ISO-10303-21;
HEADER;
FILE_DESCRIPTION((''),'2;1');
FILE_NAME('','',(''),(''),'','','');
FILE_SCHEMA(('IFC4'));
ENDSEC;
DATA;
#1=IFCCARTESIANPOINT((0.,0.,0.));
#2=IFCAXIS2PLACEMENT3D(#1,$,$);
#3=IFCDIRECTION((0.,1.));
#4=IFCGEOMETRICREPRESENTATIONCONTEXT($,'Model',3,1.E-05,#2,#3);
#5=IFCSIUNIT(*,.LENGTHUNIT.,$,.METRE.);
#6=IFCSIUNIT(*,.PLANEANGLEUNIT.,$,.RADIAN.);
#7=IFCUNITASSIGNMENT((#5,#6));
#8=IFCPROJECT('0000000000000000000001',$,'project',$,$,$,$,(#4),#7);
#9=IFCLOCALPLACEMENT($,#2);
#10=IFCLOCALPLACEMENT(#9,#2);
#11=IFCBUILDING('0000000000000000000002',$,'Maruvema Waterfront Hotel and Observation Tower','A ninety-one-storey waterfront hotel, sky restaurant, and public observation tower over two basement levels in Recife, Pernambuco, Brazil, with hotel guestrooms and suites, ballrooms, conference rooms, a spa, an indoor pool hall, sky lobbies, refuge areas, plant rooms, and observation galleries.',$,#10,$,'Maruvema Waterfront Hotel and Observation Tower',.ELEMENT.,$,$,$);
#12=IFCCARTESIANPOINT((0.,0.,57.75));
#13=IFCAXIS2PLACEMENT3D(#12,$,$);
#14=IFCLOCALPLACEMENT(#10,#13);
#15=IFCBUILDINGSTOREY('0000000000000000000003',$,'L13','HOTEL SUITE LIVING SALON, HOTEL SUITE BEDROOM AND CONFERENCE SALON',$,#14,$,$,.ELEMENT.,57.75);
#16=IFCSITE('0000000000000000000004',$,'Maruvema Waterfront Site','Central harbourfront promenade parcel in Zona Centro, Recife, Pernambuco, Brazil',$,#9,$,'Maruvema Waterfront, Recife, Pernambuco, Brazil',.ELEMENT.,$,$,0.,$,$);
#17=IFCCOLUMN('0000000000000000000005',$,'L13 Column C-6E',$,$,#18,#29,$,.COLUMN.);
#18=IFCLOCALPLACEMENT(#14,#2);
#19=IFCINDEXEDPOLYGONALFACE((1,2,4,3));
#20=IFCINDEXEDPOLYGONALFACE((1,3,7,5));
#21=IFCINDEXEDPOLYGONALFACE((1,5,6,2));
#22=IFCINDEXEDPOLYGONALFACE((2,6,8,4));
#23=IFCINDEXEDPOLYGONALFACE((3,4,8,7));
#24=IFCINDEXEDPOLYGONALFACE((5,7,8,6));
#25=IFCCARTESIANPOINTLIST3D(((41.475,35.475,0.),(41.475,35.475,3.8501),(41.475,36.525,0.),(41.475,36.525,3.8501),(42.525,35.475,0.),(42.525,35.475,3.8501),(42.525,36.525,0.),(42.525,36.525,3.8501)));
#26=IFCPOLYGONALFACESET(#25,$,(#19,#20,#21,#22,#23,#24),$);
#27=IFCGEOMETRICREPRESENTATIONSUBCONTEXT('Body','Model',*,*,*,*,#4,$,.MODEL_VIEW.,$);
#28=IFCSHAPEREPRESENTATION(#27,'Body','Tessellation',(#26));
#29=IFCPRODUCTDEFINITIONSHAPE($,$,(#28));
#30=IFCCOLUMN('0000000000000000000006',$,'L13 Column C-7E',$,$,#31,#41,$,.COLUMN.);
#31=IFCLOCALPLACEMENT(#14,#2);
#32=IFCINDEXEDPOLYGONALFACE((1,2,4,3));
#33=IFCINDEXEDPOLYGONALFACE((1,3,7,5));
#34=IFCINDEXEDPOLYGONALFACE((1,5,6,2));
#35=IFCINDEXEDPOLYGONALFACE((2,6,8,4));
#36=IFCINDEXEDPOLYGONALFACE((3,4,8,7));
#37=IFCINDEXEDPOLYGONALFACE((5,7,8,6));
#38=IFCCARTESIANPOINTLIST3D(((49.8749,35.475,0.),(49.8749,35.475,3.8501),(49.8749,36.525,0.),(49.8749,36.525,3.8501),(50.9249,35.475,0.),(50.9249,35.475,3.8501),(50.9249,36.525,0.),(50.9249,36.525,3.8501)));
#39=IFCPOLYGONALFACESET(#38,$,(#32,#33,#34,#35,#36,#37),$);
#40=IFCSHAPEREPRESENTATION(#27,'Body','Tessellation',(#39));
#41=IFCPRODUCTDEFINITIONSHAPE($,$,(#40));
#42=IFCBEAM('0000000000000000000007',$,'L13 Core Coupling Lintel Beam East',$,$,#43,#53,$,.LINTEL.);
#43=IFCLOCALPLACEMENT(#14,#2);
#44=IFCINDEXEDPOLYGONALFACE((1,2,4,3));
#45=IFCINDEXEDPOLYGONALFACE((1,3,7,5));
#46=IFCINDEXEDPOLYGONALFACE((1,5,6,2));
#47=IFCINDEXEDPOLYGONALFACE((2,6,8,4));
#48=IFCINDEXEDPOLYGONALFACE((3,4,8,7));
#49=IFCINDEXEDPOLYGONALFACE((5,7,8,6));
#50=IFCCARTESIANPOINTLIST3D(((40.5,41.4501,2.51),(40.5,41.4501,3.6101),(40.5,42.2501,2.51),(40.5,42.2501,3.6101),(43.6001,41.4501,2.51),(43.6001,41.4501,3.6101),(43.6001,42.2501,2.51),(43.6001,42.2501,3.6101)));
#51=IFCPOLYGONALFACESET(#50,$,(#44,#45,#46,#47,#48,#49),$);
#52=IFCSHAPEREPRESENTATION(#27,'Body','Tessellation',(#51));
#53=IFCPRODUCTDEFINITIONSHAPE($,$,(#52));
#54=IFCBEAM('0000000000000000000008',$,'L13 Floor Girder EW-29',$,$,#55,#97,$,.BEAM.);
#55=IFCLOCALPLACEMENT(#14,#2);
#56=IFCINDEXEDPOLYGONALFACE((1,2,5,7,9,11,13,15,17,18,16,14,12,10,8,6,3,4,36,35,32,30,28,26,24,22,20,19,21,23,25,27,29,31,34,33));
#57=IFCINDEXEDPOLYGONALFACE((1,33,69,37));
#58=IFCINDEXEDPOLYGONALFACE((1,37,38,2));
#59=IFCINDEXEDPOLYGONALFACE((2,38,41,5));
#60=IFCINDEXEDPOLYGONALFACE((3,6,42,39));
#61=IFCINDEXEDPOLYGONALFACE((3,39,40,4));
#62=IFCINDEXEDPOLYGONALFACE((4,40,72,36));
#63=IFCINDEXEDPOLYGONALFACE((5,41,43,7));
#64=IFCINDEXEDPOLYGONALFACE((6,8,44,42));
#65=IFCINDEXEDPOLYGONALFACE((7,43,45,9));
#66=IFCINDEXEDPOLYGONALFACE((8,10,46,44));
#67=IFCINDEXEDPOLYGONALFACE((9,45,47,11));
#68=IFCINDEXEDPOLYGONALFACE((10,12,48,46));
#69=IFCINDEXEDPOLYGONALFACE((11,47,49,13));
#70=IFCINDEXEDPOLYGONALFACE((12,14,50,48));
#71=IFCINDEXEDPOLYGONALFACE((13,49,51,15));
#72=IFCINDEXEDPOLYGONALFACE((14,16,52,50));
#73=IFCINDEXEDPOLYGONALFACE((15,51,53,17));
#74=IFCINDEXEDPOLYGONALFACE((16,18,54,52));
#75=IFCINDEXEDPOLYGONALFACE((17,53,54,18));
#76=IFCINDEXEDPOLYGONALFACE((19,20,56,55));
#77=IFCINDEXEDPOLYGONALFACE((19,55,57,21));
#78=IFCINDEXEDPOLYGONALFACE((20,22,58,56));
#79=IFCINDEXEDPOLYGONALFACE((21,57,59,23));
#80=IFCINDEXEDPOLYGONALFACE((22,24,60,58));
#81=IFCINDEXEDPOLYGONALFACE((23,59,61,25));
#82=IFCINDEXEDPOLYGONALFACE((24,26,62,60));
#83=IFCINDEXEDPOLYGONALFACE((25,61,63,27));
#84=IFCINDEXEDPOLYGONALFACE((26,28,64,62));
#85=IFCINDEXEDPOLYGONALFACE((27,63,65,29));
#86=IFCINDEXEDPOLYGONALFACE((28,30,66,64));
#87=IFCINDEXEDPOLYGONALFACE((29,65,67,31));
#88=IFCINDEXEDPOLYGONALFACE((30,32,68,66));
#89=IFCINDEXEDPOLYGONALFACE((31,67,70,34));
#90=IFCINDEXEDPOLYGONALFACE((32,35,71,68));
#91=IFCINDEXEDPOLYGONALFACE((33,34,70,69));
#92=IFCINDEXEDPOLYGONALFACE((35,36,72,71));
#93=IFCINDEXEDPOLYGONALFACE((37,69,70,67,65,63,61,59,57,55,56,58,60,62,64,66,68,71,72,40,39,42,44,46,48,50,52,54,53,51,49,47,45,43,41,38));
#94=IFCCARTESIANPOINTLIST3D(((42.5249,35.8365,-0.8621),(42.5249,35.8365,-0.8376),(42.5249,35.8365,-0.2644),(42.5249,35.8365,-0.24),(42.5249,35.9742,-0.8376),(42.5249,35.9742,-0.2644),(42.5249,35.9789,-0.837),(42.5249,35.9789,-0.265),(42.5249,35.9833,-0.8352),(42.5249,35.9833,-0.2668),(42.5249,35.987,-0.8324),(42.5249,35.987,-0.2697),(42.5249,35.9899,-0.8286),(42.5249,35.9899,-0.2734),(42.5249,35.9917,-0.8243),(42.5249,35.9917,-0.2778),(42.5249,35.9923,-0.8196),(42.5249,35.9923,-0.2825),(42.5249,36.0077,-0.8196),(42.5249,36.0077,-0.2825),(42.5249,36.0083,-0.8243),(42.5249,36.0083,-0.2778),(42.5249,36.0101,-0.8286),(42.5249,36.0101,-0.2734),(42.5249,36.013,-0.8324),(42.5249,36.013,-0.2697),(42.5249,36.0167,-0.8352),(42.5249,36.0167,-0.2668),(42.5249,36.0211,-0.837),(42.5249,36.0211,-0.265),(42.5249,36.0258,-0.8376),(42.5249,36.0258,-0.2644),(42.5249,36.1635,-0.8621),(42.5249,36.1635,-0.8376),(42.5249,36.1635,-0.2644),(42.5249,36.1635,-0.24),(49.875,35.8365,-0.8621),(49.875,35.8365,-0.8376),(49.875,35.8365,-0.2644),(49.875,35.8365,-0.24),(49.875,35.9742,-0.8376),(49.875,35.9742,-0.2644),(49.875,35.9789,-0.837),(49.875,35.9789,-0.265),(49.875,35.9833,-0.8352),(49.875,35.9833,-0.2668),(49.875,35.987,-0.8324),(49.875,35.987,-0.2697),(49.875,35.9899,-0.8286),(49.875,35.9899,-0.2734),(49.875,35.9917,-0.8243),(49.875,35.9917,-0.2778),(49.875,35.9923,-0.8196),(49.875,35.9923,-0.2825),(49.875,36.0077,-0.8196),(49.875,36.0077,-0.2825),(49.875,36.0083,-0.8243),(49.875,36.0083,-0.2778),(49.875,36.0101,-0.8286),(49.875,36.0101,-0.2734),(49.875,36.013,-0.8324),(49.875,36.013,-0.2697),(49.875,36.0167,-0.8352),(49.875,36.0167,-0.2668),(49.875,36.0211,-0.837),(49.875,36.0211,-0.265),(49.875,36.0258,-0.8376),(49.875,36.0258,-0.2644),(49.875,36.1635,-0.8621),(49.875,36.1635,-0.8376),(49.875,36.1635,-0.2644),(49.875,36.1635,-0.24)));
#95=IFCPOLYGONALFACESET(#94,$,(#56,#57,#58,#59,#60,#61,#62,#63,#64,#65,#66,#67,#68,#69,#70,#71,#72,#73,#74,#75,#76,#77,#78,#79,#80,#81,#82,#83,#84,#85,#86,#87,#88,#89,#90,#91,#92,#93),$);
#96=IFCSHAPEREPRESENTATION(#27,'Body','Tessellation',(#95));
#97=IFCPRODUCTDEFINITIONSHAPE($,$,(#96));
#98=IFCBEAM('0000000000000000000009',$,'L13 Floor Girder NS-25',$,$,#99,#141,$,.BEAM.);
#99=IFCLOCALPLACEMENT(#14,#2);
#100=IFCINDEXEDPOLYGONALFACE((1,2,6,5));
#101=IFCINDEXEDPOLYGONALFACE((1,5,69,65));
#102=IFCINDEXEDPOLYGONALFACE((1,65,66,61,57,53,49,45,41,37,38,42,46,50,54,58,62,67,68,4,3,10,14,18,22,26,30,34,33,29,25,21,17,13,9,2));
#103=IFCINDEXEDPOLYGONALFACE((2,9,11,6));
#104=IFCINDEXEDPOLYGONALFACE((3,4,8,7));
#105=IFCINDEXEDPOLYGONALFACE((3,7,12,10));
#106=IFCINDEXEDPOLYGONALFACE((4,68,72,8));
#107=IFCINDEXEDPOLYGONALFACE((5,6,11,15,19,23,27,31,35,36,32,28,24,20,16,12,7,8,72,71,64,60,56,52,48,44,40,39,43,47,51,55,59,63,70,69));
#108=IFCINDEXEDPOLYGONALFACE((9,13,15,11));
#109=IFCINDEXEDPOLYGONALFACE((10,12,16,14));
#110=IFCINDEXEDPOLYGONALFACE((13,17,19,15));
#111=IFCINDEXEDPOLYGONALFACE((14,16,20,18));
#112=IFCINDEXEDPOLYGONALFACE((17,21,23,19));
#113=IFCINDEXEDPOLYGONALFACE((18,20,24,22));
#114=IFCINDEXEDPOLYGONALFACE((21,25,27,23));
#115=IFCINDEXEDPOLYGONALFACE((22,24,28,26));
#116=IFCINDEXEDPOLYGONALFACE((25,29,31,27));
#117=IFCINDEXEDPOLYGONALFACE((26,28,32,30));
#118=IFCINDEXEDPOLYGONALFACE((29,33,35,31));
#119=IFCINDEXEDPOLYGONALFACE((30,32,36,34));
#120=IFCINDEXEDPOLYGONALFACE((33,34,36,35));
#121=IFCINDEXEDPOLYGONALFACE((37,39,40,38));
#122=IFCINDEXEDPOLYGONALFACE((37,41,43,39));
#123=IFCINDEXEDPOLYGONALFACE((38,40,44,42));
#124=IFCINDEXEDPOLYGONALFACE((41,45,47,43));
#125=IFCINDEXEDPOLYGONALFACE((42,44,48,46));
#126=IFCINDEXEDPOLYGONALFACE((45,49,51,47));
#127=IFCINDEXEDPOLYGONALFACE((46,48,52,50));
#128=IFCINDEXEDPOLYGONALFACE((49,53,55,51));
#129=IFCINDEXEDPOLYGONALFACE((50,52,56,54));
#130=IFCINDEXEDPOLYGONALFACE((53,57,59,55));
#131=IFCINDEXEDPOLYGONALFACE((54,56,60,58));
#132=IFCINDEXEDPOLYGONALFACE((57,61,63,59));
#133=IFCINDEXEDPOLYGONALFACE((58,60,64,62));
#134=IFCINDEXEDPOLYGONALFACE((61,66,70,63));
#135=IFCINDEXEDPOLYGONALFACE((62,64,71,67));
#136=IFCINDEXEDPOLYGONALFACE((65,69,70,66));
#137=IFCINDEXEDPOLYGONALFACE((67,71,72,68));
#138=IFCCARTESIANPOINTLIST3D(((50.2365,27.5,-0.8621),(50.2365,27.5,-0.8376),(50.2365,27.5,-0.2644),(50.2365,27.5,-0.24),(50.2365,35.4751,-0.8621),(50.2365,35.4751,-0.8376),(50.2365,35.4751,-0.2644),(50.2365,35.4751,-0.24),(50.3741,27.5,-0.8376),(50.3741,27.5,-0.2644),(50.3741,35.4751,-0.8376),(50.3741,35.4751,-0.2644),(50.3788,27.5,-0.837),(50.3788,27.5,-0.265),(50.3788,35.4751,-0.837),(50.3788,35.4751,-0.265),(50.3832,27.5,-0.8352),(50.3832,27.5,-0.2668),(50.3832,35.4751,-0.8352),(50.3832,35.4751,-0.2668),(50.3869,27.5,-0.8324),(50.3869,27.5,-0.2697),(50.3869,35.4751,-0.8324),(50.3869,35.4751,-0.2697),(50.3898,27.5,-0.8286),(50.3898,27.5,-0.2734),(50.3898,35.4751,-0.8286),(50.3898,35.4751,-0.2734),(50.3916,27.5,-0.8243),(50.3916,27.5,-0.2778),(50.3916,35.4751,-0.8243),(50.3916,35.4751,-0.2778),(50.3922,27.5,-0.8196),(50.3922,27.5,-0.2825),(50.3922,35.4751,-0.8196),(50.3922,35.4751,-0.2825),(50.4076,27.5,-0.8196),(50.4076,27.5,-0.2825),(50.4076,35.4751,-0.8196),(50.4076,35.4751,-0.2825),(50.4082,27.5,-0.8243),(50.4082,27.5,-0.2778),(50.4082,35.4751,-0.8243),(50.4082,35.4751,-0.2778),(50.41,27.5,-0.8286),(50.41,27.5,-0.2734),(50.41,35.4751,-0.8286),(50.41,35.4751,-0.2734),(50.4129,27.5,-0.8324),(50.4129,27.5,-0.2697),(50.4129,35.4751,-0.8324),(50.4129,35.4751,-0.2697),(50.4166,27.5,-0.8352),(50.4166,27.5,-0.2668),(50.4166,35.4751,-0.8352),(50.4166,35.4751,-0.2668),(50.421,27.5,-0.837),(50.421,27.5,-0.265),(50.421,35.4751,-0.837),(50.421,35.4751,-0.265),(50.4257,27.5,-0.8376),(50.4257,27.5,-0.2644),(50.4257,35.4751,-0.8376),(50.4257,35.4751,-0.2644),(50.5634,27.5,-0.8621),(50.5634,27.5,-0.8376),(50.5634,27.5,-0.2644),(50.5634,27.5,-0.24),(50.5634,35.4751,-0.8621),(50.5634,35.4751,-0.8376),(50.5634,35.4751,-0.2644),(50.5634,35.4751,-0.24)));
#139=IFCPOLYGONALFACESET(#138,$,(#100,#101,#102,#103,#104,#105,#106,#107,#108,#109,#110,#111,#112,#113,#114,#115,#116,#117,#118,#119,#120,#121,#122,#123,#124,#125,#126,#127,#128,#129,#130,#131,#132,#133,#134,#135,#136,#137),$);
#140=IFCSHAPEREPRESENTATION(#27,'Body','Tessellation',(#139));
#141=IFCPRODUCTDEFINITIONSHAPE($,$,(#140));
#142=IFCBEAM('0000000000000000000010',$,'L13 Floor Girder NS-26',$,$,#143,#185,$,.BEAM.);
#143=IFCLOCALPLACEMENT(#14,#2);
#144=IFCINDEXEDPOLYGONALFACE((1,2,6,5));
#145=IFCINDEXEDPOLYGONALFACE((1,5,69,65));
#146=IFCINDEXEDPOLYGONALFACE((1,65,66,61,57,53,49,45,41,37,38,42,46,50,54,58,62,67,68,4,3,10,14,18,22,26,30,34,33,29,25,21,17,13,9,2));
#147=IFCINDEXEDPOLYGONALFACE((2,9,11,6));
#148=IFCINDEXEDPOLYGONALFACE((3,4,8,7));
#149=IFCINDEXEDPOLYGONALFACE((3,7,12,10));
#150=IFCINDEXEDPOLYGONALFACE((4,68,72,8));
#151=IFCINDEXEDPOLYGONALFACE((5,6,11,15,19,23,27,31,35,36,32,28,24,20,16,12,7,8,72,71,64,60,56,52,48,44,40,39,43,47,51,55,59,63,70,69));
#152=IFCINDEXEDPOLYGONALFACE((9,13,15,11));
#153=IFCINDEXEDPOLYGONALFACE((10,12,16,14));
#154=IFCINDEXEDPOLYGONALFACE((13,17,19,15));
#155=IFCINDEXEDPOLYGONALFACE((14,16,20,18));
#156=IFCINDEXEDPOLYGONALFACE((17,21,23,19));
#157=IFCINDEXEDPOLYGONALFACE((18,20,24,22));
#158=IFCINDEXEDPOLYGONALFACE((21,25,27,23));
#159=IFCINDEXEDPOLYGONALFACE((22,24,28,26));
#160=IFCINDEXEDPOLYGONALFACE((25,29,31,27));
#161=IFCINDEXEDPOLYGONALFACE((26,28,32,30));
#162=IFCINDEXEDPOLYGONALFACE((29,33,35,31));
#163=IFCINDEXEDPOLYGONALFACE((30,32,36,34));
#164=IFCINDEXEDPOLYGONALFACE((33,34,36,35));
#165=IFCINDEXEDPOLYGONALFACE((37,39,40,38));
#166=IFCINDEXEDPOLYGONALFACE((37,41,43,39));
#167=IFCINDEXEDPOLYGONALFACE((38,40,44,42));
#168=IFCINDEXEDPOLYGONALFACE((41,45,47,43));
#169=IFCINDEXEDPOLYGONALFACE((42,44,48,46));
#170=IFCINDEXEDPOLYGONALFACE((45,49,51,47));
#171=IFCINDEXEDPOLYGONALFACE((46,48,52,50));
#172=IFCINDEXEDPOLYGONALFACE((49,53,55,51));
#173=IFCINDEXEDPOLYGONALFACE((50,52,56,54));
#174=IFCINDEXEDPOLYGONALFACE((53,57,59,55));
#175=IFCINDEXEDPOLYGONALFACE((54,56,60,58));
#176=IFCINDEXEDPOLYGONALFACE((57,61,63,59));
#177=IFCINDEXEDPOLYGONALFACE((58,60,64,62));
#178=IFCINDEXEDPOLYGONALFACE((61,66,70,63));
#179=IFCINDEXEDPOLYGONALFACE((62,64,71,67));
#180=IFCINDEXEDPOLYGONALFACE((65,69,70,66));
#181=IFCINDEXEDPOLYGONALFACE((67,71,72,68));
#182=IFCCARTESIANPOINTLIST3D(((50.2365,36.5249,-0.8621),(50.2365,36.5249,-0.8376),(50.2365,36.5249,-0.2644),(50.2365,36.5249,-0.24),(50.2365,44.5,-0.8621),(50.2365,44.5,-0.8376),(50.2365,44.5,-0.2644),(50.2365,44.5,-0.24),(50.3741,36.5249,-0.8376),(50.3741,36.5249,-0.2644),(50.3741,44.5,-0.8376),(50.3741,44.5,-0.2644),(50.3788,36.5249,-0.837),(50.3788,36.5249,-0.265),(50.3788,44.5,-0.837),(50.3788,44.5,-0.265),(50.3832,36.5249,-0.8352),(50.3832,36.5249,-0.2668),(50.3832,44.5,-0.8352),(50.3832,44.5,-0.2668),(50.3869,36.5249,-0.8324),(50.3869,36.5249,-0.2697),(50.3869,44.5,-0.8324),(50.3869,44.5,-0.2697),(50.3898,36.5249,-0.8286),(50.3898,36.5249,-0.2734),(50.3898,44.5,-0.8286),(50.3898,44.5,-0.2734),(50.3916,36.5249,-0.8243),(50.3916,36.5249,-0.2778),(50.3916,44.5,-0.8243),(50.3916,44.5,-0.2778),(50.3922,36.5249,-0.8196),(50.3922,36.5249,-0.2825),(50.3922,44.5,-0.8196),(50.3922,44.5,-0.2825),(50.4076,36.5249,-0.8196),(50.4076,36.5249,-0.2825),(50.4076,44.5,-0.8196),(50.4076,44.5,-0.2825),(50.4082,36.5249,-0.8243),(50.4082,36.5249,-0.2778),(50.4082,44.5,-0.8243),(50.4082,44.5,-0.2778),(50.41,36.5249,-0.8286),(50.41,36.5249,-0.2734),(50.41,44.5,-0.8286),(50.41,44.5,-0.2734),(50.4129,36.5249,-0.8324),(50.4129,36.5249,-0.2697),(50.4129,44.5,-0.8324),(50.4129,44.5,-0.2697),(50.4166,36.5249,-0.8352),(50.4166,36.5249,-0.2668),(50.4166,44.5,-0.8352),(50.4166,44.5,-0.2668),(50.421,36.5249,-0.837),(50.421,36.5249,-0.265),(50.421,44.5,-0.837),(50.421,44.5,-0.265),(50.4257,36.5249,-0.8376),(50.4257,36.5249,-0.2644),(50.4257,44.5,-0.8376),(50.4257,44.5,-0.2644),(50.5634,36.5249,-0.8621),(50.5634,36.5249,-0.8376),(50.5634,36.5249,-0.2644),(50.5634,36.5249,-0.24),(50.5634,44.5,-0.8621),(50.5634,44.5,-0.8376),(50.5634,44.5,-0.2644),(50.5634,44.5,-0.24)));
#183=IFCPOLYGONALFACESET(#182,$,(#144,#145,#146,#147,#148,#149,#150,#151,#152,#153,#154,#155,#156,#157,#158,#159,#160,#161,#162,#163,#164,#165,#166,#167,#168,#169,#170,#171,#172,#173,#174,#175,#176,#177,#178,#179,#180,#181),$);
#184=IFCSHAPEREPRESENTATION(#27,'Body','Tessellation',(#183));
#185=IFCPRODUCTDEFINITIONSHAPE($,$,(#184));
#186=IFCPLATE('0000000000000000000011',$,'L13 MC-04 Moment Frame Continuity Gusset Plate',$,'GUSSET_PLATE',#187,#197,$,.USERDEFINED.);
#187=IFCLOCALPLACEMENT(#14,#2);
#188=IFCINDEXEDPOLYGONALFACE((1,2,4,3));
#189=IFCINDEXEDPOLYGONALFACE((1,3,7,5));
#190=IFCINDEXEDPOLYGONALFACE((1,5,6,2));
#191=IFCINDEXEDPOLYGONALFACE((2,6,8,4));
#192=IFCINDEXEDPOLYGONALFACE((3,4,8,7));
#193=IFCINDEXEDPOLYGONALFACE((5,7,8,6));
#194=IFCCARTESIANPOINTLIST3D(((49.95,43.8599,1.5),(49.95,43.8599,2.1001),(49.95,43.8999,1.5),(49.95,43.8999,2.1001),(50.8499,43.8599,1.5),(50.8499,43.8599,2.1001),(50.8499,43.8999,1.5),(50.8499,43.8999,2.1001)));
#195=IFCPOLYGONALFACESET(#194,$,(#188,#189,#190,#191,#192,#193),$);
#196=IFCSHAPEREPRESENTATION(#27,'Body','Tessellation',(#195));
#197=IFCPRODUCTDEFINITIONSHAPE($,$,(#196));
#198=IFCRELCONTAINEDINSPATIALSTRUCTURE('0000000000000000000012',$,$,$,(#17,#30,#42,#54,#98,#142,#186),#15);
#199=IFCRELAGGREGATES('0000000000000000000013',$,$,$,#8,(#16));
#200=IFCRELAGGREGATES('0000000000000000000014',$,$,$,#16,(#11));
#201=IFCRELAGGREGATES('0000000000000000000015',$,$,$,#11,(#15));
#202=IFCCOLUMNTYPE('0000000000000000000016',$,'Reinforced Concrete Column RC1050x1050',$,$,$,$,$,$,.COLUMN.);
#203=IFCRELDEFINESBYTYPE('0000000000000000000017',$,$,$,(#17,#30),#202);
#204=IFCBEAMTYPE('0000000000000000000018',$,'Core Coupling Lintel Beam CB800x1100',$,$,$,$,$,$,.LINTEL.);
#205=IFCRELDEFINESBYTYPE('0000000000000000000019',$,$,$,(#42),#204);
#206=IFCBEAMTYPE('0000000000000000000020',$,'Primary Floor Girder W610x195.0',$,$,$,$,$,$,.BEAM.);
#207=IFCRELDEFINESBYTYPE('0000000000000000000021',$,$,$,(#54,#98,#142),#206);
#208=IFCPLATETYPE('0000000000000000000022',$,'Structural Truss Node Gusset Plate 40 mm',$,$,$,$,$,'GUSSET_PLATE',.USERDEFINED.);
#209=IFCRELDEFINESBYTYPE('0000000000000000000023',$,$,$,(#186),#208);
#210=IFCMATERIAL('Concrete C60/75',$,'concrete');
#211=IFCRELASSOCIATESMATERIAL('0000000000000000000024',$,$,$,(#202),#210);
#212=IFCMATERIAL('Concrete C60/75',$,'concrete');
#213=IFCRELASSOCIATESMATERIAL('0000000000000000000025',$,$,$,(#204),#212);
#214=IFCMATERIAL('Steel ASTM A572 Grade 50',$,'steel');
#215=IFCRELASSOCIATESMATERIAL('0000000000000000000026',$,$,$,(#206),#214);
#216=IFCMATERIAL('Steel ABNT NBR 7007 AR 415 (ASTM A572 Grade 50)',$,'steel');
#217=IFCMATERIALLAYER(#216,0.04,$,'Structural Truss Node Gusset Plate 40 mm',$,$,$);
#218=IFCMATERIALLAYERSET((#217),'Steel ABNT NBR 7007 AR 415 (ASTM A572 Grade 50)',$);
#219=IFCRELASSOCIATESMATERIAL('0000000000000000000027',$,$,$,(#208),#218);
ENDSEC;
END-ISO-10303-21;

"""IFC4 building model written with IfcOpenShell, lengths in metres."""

from ifc_helpers import new_model, si_unit, direction, frame, origin, origin_2d, place, context, subcontext, project, spatial, rectangle, i_section, extrude, material, layer, layer_set, material_profile, profile_set, type_object, element, save


model = new_model("IFC4")

# Units and contexts
model_context = context("Model", 3, precision=1e-05, world=origin(), true_north=direction((0.0, 1.0)))
body_context = subcontext(model_context, "Body", "Model", "MODEL_VIEW")
ifc_project = project(units=[si_unit("LENGTHUNIT", "METRE"), si_unit("PLANEANGLEUNIT", "RADIAN")], contexts=[model_context])

# Site, building, storey
site_placement = place(None, origin())
site = spatial("IfcSite", under=ifc_project, at=site_placement, Name="Maruvema Waterfront Site", Description="Central harbourfront promenade parcel in Zona Centro, Recife, Pernambuco, Brazil", LongName="Maruvema Waterfront, Recife, Pernambuco, Brazil", CompositionType="ELEMENT", RefElevation=0.0)
building_placement = place(site_placement, origin())
building = spatial("IfcBuilding", under=site, at=building_placement, Name="Maruvema Waterfront Hotel and Observation Tower", Description="A ninety-one-storey waterfront hotel, sky restaurant, and public observation tower over two basement levels in Recife, Pernambuco, Brazil, with hotel guestrooms and suites, ballrooms, conference rooms, a spa, an indoor pool hall, sky lobbies, refuge areas, plant rooms, and observation galleries.", LongName="Maruvema Waterfront Hotel and Observation Tower", CompositionType="ELEMENT")
storey_placement = place(building_placement, frame((0.0, 0.0, 57.75)))
storey = spatial("IfcBuildingStorey", under=building, at=storey_placement, Name="L13", Description="HOTEL SUITE LIVING SALON, HOTEL SUITE BEDROOM AND CONFERENCE SALON", CompositionType="ELEMENT", Elevation=57.75)

# Columns
ifc_material_1 = material(Name="Concrete C60/75", Category="concrete")
ifc_material_profile_1 = material_profile(ifc_material_1, rectangle(XDim=1.05, YDim=1.05, at=origin_2d()), Name="RC1050x1050")
ifc_profile_set_1 = profile_set([ifc_material_profile_1], Name="Concrete C60/75")
column_type = type_object("IfcColumnType", Name="Reinforced Concrete Column RC1050x1050", PredefinedType="COLUMN", material=ifc_profile_set_1)
for number, where, z_axis, x_axis, name in (
    (1, (42.0, 36.0, 0.0), (0.0, 0.0, 1.0), (1.0, 0.0, 0.0), "L13 Column C-6E"),
    (2, (50.3999, 36.0, 0.0), (0.0, 0.0, 1.0), (1.0, 0.0, 0.0), "L13 Column C-7E"),
):
    element("IfcColumn", number, at=place(storey_placement, frame(where, z_axis=z_axis, x_axis=x_axis)), inside=storey, type_object=column_type, Name=name, PredefinedType="COLUMN", context=body_context, shape_type="SweptSolid", body=[
        extrude(rectangle(XDim=1.05, YDim=1.05, at=origin_2d()), origin(), (0.0, 0.0, 1.0), 3.8501),
    ])

# Beams
ifc_material_2 = material(Name="Concrete C60/75", Category="concrete")
ifc_material_profile_2 = material_profile(ifc_material_2, rectangle(XDim=0.8, YDim=1.1001, at=origin_2d()), Name="CB800x1100")
ifc_profile_set_2 = profile_set([ifc_material_profile_2], Name="Concrete C60/75")
beam_type_1 = type_object("IfcBeamType", Name="Core Coupling Lintel Beam CB800x1100", PredefinedType="LINTEL", material=ifc_profile_set_2)
beam_1_placement = place(storey_placement, frame((40.5, 41.8501, 3.0601), z_axis=(1.0, 0.0, 0.0), x_axis=(0.0, 1.0, 0.0)))
element("IfcBeam", 3, at=beam_1_placement, inside=storey, type_object=beam_type_1, Name="L13 Core Coupling Lintel Beam East", PredefinedType="LINTEL", context=body_context, shape_type="SweptSolid", body=[
    extrude(rectangle(XDim=0.8, YDim=1.1001, at=origin_2d()), origin(), (0.0, 0.0, 1.0), 3.1001),
])
ifc_material_3 = material(Name="Steel ASTM A572 Grade 50", Category="steel")
ifc_material_profile_3 = material_profile(ifc_material_3, i_section(OverallWidth=0.3269, OverallDepth=0.6221, WebThickness=0.0154, FlangeThickness=0.0244, FilletRadius=0.0181, at=origin_2d()), Name="W610x195.0")
ifc_profile_set_3 = profile_set([ifc_material_profile_3], Name="Steel ASTM A572 Grade 50")
beam_type_2 = type_object("IfcBeamType", Name="Primary Floor Girder W610x195.0", PredefinedType="BEAM", material=ifc_profile_set_3)
beam_2_placement = place(storey_placement, frame((42.5249, 36.0, -0.551), z_axis=(1.0, 0.0, 0.0), x_axis=(0.0, 1.0, 0.0)))
element("IfcBeam", 4, at=beam_2_placement, inside=storey, type_object=beam_type_2, Name="L13 Floor Girder EW-29", PredefinedType="BEAM", context=body_context, shape_type="SweptSolid", body=[
    extrude(i_section(OverallWidth=0.3269, OverallDepth=0.6221, WebThickness=0.0154, FlangeThickness=0.0244, FilletRadius=0.0181, at=origin_2d()), origin(), (0.0, 0.0, 1.0), 7.3501),
])
for number, where, z_axis, x_axis, name in (
    (5, (50.3999, 27.5, -0.551), (0.0, 1.0, 0.0), (-1.0, 0.0, 0.0), "L13 Floor Girder NS-25"),
    (6, (50.3999, 36.5249, -0.551), (0.0, 1.0, 0.0), (-1.0, 0.0, 0.0), "L13 Floor Girder NS-26"),
):
    element("IfcBeam", number, at=place(storey_placement, frame(where, z_axis=z_axis, x_axis=x_axis)), inside=storey, type_object=beam_type_2, Name=name, PredefinedType="BEAM", context=body_context, shape_type="SweptSolid", body=[
        extrude(i_section(OverallWidth=0.3269, OverallDepth=0.6221, WebThickness=0.0154, FlangeThickness=0.0244, FilletRadius=0.0181, at=origin_2d()), origin(), (0.0, 0.0, 1.0), 7.9751),
    ])

# Plate
ifc_material_4 = material(Name="Steel ABNT NBR 7007 AR 415 (ASTM A572 Grade 50)", Category="steel")
ifc_layer_1 = layer(ifc_material_4, 0.04, Name="Structural Truss Node Gusset Plate 40 mm")
ifc_layer_set_1 = layer_set([ifc_layer_1], Name="Steel ABNT NBR 7007 AR 415 (ASTM A572 Grade 50)")
plate_type = type_object("IfcPlateType", Name="Structural Truss Node Gusset Plate 40 mm", ElementType="GUSSET_PLATE", PredefinedType="USERDEFINED", material=ifc_layer_set_1)
plate_placement = place(storey_placement, frame((50.3999, 43.8799, 1.5), z_axis=(0.0, 0.0, 1.0), x_axis=(1.0, 0.0, 0.0)))
element("IfcPlate", 7, at=plate_placement, inside=storey, type_object=plate_type, Name="L13 MC-04 Moment Frame Continuity Gusset Plate", ObjectType="GUSSET_PLATE", PredefinedType="USERDEFINED", context=body_context, shape_type="SweptSolid", body=[
    extrude(rectangle(XDim=0.8999, YDim=0.04, at=origin_2d()), origin(), (0.0, 0.0, 1.0), 0.6001),
])

save(model, "model.ifc")
